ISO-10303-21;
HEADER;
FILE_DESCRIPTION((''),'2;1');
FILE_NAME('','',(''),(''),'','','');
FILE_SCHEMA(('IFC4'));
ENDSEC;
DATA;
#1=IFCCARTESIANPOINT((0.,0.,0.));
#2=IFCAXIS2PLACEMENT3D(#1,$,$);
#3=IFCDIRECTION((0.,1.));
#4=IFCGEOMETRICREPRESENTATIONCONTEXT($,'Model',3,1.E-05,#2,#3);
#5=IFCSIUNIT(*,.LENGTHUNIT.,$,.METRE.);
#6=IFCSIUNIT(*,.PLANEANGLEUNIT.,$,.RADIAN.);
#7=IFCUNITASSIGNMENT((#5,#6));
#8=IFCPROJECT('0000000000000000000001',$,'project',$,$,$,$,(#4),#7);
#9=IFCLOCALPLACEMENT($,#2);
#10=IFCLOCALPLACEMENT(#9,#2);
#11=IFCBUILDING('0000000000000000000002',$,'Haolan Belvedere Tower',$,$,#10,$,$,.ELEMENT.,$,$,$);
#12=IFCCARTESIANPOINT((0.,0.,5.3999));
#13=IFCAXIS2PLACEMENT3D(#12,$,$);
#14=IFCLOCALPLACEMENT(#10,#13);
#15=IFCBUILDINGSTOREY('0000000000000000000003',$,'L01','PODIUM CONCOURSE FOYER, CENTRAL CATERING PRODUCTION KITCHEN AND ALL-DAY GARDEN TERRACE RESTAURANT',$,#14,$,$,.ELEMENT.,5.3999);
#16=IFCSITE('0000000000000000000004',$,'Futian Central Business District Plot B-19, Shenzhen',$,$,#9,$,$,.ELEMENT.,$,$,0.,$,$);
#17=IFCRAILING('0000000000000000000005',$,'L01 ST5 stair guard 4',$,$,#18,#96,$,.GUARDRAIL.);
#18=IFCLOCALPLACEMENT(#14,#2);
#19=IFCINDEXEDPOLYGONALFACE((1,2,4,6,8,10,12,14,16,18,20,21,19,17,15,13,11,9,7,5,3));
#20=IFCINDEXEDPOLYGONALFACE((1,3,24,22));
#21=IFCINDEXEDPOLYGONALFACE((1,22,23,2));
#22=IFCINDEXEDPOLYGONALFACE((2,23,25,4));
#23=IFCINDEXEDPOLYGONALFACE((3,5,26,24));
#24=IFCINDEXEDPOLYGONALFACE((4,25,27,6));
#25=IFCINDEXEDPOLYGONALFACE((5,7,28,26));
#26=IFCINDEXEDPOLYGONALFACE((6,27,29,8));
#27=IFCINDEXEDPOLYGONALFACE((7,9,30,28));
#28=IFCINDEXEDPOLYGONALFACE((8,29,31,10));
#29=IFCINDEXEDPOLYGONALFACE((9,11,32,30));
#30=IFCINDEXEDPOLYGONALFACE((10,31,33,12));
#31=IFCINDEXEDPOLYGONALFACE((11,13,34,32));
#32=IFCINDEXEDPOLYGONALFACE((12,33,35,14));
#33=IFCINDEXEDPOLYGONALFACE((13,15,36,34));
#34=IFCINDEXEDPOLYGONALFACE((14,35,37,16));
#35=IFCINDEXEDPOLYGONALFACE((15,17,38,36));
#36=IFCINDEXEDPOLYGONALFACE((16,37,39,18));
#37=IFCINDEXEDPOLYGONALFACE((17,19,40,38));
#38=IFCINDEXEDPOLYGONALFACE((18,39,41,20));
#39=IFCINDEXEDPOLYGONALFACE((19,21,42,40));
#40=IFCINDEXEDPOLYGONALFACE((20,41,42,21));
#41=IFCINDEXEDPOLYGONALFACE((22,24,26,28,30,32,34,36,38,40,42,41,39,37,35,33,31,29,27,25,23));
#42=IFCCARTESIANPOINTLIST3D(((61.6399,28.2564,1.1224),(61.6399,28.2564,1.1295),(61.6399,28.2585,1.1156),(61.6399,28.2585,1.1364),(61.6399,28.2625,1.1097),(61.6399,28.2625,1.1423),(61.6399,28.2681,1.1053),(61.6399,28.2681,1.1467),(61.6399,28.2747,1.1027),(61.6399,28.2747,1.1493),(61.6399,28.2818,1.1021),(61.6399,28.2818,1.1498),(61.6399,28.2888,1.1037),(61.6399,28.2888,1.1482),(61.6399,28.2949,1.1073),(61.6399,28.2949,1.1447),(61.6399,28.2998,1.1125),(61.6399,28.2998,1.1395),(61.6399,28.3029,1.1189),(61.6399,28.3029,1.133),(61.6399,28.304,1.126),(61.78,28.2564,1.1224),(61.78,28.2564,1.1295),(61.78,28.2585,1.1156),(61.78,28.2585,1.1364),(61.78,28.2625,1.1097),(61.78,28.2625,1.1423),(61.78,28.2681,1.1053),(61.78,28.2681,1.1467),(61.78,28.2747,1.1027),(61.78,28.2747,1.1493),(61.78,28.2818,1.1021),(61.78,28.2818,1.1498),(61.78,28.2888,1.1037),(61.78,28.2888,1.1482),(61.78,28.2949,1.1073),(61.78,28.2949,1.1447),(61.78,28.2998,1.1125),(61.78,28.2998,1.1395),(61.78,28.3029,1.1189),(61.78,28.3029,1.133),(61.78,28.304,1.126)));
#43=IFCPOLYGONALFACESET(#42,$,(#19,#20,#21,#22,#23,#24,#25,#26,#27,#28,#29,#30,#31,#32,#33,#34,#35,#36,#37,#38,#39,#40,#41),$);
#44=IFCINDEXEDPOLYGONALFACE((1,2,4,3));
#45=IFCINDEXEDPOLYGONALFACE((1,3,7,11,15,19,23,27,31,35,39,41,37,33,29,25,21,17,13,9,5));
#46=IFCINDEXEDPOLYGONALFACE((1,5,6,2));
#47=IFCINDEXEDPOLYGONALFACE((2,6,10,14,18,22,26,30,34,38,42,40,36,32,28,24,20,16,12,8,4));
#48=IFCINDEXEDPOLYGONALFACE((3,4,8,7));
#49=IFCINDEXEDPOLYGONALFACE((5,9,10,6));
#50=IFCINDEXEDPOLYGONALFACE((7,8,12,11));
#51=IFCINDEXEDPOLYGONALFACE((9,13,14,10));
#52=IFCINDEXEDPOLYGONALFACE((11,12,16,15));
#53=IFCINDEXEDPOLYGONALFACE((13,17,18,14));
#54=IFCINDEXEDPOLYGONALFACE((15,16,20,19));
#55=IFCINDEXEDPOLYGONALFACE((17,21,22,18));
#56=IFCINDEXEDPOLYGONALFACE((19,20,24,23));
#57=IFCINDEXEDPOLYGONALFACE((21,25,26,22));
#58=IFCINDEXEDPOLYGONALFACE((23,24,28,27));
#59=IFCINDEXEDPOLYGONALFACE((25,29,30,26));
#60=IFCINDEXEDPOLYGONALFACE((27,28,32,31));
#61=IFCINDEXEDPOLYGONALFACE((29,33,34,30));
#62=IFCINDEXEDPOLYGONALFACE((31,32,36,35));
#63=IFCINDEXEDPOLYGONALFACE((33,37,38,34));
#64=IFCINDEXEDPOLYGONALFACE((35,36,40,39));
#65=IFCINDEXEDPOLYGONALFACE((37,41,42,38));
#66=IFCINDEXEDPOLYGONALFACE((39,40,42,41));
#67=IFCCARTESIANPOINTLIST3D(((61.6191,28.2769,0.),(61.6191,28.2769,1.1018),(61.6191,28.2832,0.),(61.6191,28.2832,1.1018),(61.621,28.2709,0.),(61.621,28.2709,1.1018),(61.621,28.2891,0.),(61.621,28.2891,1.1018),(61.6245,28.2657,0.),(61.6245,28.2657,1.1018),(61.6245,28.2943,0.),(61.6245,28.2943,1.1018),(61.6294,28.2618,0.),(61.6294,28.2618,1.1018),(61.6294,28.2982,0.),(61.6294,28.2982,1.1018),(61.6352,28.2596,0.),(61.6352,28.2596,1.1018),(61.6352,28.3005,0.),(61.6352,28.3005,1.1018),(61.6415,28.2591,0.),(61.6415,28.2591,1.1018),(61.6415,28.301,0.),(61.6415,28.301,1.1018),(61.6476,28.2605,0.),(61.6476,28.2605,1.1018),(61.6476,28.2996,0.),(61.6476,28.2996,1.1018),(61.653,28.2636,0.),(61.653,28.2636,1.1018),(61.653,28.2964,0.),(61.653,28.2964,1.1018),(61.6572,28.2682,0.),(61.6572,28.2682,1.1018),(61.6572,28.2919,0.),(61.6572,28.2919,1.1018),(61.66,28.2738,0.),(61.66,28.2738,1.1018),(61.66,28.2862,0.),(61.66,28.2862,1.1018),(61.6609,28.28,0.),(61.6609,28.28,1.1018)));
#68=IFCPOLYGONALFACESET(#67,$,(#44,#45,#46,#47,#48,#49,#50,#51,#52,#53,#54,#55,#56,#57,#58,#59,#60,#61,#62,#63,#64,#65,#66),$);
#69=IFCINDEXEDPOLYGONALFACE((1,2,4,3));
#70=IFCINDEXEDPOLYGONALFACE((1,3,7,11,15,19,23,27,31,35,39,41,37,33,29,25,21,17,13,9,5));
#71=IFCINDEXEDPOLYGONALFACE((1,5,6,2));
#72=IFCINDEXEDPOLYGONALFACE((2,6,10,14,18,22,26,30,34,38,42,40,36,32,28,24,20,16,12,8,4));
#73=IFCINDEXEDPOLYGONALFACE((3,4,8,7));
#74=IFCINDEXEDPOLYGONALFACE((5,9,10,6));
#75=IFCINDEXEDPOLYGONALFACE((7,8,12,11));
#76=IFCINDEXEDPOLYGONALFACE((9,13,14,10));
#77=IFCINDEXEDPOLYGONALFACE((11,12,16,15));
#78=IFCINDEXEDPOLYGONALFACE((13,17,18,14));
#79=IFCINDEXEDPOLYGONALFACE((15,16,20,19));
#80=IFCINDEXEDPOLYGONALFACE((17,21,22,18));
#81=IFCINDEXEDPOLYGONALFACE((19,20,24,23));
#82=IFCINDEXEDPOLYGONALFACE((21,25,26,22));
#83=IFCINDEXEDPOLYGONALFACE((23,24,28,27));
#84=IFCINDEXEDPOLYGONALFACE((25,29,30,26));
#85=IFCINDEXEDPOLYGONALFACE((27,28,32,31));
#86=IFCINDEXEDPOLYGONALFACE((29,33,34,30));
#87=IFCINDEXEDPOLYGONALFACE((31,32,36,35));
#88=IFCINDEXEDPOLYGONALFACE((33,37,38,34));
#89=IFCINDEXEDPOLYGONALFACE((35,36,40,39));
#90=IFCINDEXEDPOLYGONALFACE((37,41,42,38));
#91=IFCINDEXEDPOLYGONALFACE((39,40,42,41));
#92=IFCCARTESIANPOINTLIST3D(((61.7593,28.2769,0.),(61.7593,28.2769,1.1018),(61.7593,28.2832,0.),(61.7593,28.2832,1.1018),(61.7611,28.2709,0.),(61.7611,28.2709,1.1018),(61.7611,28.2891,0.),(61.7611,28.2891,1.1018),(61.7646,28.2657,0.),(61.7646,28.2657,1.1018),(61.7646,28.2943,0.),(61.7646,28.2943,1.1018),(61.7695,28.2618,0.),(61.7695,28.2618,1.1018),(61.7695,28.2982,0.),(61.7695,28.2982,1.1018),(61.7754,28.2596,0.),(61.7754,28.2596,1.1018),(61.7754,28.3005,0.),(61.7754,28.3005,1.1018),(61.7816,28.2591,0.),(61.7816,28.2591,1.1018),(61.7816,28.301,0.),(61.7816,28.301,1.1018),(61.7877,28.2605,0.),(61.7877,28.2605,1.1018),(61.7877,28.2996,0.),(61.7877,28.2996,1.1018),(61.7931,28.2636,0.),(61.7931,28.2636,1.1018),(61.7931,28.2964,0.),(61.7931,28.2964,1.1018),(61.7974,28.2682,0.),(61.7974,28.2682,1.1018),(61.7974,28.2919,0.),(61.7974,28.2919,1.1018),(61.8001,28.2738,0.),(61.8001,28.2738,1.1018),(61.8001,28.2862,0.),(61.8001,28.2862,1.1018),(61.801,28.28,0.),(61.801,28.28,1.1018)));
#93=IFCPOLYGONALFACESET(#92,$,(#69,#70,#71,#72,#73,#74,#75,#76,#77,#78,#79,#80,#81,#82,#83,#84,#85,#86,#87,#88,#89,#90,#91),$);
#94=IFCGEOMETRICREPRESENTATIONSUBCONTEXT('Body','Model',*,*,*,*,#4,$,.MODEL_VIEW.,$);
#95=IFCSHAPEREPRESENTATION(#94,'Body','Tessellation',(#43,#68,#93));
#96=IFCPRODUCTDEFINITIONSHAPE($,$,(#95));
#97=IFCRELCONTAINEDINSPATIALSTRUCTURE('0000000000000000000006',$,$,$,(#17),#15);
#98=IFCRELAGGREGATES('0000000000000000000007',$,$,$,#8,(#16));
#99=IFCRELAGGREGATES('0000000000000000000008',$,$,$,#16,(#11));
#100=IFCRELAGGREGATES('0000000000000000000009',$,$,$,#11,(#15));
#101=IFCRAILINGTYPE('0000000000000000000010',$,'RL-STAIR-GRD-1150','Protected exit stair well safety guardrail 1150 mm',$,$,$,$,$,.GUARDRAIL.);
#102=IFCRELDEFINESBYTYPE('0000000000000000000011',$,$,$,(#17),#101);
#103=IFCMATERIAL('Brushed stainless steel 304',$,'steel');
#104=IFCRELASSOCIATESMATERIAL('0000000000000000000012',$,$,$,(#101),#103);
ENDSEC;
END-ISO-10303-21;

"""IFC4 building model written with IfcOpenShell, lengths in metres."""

from ifc_helpers import new_model, si_unit, direction, frame, origin, origin_2d, place, context, subcontext, project, spatial, circle, extrude, material, type_object, element, save


model = new_model("IFC4")

# Units and contexts
model_context = context("Model", 3, precision=1e-05, world=origin(), true_north=direction((0.0, 1.0)))
body_context = subcontext(model_context, "Body", "Model", "MODEL_VIEW")
ifc_project = project(units=[si_unit("LENGTHUNIT", "METRE"), si_unit("PLANEANGLEUNIT", "RADIAN")], contexts=[model_context])

# Site, building, storey
site_placement = place(None, origin())
site = spatial("IfcSite", under=ifc_project, at=site_placement, Name="Futian Central Business District Plot B-19, Shenzhen", CompositionType="ELEMENT", RefElevation=0.0)
building_placement = place(site_placement, origin())
building = spatial("IfcBuilding", under=site, at=building_placement, Name="Haolan Belvedere Tower", CompositionType="ELEMENT")
storey_placement = place(building_placement, frame((0.0, 0.0, 5.3999)))
storey = spatial("IfcBuildingStorey", under=building, at=storey_placement, Name="L01", Description="PODIUM CONCOURSE FOYER, CENTRAL CATERING PRODUCTION KITCHEN AND ALL-DAY GARDEN TERRACE RESTAURANT", CompositionType="ELEMENT", Elevation=5.3999)

# Railing
ifc_material_1 = material(Name="Brushed stainless steel 304", Category="steel")
railing_type_1 = type_object("IfcRailingType", Name="RL-STAIR-GRD-1150", Description="Protected exit stair well safety guardrail 1150 mm", PredefinedType="GUARDRAIL", material=ifc_material_1)
railing_1_placement = place(storey_placement, frame((61.6399, 28.28, 0.0)))
element("IfcRailing", 1, at=railing_1_placement, inside=storey, type_object=railing_type_1, Name="L01 ST5 stair guard 4", PredefinedType="GUARDRAIL", context=body_context, shape_type="SweptSolid", body=[
    extrude(circle(Radius=0.0239, at=origin_2d()), frame((0.0, 0.0, 1.126), z_axis=(1.0, 0.0, 0.0), x_axis=(0.0, 1.0, 0.0)), (0.0, 0.0, 1.0), 0.1401),
    extrude(circle(Radius=0.021, at=origin_2d()), origin(), (0.0, 0.0, 1.0), 1.1018),
    extrude(circle(Radius=0.021, at=origin_2d()), frame((0.1401, 0.0, 0.0)), (0.0, 0.0, 1.0), 1.1018),
])

save(model, "model.ifc")
